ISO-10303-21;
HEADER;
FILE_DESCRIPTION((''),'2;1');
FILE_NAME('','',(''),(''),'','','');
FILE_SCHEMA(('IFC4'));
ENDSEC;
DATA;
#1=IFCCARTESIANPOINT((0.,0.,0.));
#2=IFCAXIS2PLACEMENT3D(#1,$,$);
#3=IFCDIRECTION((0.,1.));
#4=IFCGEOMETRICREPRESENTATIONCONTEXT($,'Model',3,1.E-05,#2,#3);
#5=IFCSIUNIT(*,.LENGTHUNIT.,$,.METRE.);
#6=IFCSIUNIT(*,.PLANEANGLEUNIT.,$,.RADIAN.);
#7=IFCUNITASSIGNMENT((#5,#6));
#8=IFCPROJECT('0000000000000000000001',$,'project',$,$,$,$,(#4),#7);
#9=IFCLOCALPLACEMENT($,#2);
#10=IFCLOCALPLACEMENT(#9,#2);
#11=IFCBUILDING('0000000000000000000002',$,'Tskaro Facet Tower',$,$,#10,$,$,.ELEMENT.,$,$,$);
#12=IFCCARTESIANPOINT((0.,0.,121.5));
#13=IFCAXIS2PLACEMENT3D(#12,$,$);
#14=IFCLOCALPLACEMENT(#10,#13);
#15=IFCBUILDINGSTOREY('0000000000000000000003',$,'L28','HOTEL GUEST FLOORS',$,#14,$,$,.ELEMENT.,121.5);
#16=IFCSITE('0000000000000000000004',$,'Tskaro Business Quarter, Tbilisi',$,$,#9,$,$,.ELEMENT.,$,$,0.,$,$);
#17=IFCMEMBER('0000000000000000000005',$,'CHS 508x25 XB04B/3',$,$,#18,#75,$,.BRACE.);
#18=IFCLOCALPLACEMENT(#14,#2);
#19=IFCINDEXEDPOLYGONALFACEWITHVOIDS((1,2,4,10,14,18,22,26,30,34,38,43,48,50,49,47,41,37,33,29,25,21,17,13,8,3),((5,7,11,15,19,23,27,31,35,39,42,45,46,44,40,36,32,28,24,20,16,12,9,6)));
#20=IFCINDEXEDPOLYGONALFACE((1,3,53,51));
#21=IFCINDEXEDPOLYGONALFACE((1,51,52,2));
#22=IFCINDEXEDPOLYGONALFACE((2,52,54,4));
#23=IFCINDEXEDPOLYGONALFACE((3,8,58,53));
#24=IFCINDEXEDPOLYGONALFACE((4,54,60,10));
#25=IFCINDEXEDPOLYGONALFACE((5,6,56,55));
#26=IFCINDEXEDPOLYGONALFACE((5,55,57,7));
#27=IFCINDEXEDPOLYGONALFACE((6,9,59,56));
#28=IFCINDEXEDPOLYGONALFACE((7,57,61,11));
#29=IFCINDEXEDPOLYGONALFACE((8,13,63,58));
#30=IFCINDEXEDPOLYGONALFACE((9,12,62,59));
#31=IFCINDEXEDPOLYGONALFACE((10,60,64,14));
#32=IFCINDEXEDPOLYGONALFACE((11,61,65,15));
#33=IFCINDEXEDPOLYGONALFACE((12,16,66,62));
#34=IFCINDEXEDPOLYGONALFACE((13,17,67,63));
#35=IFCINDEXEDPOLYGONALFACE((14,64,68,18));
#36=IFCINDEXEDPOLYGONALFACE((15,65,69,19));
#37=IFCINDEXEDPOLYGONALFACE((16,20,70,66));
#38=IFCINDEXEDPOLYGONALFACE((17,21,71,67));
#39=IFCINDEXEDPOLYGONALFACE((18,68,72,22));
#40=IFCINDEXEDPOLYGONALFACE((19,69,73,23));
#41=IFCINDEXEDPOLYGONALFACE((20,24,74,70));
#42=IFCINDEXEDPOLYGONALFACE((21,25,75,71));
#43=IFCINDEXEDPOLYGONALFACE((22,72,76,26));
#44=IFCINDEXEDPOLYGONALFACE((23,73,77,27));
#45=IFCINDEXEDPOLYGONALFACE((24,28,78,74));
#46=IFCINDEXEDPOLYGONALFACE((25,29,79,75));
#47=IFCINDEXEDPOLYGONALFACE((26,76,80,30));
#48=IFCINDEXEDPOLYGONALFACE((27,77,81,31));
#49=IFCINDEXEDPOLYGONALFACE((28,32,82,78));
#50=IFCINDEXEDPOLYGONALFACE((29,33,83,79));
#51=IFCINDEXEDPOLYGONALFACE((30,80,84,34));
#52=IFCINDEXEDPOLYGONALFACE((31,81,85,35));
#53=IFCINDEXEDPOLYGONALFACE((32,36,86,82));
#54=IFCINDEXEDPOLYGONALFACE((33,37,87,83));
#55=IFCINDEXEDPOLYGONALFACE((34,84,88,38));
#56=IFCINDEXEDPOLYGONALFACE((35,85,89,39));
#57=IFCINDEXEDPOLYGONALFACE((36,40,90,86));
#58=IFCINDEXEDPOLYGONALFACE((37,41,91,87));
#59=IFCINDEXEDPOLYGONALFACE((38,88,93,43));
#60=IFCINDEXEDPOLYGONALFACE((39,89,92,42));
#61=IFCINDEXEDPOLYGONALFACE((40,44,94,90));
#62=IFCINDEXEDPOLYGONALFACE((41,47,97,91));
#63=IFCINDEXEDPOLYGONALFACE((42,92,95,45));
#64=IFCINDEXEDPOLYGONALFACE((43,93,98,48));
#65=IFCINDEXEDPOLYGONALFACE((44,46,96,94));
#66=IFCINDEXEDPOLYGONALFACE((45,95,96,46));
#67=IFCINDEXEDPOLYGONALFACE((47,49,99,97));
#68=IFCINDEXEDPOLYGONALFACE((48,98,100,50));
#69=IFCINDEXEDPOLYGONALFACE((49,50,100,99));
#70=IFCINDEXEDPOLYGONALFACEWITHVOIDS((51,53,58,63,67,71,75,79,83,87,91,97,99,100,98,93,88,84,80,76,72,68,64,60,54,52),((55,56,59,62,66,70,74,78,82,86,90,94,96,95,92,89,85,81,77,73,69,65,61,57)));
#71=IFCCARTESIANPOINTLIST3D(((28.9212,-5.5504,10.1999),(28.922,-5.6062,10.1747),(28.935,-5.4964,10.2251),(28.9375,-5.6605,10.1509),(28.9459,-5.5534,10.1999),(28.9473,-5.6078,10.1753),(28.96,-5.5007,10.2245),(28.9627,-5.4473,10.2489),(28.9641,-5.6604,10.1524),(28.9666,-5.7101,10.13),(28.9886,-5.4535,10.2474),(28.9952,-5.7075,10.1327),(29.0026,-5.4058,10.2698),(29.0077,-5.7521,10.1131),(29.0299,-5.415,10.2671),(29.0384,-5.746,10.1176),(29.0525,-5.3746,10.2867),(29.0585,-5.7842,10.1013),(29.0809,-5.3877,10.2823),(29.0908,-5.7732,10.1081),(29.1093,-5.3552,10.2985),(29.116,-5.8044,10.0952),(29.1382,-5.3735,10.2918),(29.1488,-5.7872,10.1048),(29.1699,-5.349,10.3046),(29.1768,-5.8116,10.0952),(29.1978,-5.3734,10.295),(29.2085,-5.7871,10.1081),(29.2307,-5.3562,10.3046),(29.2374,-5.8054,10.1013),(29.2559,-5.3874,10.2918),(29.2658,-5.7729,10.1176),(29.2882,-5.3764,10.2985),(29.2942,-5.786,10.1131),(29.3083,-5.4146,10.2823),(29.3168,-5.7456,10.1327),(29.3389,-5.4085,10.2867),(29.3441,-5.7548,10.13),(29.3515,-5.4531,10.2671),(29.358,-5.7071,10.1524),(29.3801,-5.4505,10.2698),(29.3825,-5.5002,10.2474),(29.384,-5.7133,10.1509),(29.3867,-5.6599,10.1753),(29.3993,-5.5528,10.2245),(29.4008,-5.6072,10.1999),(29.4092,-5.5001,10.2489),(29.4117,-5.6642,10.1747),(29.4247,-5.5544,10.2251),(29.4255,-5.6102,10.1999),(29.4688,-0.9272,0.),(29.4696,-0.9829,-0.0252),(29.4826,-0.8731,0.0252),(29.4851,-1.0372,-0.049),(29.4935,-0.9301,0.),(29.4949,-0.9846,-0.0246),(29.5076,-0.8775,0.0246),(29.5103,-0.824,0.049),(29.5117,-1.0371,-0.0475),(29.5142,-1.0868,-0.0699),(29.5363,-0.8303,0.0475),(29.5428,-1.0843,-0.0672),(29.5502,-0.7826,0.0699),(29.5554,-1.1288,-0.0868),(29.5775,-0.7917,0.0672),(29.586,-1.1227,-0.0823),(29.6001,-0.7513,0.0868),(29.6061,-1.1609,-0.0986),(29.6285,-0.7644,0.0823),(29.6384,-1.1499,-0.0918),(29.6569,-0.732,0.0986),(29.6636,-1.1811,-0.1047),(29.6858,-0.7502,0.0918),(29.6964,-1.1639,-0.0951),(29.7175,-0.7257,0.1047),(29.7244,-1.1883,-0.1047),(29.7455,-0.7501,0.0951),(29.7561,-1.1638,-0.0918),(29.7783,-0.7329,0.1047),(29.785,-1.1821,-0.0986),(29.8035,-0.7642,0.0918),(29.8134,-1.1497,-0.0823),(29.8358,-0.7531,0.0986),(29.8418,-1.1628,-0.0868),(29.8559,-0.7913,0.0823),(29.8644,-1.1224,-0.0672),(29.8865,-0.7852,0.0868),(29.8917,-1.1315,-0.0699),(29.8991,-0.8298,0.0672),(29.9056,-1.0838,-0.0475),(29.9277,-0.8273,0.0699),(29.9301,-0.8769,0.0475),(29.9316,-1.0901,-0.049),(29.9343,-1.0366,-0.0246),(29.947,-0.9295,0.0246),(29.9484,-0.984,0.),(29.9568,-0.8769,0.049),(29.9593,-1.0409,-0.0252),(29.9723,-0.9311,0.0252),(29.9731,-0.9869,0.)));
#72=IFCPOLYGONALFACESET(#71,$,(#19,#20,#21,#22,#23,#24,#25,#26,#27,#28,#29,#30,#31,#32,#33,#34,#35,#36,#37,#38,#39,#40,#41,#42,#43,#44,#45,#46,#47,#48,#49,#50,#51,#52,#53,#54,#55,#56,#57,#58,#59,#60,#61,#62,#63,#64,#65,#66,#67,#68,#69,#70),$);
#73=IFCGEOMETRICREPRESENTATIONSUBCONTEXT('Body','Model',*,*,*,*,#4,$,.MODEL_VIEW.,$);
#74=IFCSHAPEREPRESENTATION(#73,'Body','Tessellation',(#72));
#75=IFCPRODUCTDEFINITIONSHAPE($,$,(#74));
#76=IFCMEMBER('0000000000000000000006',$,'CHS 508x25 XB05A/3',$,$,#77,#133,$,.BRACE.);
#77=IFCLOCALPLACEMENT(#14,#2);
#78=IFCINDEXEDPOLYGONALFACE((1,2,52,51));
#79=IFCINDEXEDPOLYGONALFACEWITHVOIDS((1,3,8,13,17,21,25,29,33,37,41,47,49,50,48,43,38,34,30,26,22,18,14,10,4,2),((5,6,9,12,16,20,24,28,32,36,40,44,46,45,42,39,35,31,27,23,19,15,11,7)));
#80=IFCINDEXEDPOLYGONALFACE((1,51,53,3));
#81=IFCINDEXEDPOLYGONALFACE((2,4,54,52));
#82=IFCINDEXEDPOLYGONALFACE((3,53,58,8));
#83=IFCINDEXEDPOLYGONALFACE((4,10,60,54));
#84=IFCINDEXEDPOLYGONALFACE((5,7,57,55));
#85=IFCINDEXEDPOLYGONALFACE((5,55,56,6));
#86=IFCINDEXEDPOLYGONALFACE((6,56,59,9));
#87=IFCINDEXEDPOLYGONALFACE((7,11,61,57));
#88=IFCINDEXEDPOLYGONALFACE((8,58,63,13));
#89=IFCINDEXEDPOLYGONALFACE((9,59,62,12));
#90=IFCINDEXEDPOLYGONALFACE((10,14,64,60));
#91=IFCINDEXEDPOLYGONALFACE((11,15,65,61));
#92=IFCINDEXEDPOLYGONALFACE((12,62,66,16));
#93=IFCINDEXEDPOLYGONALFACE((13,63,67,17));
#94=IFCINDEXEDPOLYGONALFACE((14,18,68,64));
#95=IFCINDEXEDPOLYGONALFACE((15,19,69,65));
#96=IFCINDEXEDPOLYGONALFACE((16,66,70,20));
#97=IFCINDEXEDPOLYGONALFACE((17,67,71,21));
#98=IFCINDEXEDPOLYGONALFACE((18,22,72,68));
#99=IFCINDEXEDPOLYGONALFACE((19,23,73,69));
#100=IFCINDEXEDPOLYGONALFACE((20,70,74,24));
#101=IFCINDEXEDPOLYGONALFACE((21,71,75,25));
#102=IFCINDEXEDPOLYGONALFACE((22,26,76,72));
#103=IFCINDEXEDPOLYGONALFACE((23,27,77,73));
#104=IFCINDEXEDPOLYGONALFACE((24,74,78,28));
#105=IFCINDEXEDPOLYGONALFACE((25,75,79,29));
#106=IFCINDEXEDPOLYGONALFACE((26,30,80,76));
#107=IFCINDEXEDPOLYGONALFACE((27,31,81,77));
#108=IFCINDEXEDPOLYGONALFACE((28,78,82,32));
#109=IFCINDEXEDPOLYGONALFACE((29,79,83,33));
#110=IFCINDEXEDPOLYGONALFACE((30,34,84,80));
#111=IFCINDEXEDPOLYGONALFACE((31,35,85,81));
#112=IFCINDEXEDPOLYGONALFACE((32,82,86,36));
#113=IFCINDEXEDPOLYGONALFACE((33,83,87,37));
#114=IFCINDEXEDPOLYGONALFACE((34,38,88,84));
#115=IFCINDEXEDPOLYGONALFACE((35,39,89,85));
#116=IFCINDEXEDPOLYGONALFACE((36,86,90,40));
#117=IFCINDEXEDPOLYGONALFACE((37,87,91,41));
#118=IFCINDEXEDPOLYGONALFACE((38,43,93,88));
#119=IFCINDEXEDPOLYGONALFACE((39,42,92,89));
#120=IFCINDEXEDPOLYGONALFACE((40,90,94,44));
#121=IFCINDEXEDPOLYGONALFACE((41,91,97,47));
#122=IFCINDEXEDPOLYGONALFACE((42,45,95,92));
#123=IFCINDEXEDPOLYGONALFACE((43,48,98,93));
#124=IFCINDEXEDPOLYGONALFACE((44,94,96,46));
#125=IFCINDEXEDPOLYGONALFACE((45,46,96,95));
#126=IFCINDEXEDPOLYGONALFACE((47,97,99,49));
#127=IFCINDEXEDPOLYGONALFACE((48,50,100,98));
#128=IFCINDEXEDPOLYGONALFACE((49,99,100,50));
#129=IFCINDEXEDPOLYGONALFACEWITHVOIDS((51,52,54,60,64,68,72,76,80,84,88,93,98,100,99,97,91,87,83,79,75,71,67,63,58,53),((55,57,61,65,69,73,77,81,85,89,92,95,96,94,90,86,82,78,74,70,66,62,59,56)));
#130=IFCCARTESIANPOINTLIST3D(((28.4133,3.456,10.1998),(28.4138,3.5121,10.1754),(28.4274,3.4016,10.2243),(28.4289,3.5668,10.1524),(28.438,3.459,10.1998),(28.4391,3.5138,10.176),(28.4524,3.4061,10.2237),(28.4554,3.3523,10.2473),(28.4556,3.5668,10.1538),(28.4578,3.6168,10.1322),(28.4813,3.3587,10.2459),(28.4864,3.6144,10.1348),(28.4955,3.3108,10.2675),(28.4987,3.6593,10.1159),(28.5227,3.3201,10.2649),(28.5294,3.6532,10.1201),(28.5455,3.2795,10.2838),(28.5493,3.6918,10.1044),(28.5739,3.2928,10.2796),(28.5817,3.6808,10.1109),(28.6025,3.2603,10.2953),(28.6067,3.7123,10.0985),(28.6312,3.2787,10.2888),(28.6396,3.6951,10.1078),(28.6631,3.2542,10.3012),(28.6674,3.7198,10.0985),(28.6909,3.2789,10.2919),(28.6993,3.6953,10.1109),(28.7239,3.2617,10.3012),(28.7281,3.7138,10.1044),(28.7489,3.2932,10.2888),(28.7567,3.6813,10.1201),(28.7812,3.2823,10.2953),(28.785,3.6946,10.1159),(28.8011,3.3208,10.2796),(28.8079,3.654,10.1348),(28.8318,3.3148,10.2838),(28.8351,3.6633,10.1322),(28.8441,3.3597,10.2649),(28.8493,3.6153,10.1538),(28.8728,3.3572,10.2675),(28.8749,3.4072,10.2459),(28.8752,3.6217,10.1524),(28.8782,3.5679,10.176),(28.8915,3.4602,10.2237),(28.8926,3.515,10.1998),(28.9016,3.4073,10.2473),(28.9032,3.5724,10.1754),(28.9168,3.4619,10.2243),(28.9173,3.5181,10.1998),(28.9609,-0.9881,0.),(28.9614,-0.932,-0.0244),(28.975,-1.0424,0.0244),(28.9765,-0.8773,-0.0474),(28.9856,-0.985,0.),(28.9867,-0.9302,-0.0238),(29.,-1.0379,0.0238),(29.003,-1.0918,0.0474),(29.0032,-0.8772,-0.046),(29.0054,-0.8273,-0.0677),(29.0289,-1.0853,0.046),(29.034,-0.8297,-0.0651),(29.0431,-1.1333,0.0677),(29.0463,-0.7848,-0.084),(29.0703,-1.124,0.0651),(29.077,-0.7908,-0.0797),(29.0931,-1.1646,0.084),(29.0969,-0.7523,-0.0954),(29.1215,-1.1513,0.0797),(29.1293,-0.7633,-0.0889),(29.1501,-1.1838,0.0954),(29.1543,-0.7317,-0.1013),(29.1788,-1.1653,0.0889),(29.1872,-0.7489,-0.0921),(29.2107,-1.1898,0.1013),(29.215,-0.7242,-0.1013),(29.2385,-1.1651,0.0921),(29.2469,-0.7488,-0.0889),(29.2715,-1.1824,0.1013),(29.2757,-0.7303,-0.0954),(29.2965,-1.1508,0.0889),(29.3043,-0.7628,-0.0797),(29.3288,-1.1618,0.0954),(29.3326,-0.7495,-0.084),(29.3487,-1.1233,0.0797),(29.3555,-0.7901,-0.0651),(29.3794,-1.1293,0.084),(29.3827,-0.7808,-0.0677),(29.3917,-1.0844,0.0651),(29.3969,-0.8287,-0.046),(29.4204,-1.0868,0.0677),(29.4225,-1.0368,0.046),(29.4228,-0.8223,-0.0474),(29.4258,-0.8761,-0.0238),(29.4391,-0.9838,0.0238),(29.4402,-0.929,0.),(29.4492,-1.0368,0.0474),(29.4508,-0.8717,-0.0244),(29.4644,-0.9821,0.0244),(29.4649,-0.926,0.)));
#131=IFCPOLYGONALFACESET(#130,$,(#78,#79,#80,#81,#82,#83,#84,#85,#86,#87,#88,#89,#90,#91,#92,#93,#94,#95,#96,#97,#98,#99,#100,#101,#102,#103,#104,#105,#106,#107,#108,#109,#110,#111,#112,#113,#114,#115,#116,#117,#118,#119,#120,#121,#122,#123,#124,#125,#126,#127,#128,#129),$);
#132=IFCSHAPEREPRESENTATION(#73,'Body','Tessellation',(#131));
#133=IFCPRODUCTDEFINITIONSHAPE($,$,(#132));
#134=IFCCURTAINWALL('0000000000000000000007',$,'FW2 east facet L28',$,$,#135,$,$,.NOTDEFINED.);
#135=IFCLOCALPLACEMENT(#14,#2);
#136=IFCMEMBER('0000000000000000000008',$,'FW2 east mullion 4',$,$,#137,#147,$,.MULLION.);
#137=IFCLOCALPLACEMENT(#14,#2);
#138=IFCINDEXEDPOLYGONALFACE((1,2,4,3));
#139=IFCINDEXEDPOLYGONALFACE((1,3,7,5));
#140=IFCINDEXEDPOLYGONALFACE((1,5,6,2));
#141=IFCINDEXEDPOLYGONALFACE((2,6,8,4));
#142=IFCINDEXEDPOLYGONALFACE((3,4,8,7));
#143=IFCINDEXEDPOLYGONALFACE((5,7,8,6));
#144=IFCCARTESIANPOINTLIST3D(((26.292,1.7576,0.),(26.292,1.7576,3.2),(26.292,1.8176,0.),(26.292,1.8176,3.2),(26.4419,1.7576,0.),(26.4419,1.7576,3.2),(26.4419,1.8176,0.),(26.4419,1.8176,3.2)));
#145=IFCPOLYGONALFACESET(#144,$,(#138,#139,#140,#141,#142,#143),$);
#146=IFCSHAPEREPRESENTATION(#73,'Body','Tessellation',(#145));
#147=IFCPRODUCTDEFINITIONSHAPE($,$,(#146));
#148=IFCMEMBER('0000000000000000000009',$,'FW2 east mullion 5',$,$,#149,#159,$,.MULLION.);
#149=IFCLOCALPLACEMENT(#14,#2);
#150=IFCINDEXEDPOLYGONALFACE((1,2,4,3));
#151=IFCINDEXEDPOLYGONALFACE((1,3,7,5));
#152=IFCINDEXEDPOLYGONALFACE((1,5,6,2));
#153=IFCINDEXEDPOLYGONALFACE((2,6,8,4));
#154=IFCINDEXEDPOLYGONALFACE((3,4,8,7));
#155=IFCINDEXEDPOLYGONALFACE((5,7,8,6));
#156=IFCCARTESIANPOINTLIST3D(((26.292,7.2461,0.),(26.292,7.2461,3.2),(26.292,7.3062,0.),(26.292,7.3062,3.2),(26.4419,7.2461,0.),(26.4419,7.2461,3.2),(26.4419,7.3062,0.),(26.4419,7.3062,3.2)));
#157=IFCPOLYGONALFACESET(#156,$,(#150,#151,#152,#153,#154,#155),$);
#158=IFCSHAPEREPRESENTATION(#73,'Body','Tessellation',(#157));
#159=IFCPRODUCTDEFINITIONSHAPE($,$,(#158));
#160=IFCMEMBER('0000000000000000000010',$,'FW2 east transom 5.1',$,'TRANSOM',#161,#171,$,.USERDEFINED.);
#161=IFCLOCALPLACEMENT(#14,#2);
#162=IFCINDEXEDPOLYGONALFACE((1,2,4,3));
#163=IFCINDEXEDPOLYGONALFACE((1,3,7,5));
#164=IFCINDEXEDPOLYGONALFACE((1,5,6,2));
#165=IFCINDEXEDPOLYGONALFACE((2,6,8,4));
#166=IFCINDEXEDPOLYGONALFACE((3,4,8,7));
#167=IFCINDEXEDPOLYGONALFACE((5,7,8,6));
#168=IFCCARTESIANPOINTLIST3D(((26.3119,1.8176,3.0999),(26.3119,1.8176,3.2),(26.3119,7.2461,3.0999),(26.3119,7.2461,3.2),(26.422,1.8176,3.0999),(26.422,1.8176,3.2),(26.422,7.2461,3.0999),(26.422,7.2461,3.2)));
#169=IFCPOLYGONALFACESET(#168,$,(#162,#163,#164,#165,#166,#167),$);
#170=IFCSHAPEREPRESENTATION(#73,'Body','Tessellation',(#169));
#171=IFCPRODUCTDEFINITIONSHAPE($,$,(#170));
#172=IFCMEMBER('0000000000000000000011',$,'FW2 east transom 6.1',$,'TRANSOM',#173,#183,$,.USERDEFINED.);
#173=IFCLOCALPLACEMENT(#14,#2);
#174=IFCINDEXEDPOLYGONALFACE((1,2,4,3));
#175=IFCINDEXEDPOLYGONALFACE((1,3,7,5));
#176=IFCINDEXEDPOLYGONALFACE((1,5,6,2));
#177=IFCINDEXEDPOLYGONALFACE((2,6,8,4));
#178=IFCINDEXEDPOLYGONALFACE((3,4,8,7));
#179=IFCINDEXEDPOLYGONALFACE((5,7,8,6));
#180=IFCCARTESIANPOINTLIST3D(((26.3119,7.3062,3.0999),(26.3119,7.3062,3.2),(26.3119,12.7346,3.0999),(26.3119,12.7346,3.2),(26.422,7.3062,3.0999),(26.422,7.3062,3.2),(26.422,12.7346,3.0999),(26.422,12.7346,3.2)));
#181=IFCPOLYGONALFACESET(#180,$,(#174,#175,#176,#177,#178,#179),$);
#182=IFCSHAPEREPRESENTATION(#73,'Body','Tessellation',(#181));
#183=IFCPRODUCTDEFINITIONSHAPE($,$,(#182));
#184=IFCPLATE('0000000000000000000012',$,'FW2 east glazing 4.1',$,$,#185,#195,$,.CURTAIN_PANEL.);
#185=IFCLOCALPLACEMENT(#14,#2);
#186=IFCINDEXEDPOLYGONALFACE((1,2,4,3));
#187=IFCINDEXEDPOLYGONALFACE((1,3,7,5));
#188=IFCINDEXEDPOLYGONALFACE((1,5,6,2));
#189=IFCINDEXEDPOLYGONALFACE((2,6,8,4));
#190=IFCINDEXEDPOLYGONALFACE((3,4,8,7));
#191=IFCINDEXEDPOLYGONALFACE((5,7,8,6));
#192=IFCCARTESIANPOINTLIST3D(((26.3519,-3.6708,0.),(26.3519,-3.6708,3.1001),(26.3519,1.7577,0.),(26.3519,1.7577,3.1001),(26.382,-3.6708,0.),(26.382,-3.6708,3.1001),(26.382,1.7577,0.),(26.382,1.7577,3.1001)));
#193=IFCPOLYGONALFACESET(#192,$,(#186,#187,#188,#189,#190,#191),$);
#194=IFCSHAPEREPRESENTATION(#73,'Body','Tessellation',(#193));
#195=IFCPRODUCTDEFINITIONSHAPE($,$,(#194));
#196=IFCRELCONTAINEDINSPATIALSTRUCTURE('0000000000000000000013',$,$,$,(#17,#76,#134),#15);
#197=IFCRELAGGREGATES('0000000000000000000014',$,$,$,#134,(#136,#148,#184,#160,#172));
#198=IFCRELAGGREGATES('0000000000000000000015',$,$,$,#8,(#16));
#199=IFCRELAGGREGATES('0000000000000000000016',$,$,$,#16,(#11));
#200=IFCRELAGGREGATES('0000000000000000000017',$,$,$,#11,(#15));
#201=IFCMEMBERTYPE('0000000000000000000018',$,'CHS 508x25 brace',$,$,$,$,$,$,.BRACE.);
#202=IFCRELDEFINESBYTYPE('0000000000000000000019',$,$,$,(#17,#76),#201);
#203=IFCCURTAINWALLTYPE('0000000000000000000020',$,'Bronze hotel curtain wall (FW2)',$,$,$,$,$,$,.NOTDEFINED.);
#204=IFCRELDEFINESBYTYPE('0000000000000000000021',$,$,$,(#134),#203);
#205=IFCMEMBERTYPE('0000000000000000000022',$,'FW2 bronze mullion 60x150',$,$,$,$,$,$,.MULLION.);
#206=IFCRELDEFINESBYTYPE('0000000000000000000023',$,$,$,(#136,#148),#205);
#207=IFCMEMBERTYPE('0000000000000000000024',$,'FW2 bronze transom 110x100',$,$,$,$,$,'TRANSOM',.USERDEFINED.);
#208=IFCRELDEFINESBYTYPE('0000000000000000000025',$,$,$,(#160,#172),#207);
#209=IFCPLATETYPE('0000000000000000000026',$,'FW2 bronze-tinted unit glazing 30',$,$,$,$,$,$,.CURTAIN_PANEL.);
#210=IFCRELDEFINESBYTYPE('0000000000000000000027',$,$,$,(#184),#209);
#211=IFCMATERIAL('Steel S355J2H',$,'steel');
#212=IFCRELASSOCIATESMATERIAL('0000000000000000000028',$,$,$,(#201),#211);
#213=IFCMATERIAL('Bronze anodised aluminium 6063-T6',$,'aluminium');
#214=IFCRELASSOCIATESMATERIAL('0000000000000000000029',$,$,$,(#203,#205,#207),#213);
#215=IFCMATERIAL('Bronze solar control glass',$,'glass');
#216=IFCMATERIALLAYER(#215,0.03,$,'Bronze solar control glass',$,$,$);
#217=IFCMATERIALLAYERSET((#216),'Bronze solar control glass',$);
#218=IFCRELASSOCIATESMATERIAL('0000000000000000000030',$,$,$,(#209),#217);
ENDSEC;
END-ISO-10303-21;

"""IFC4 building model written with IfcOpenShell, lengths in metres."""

from ifc_helpers import new_model, si_unit, direction, frame, origin, origin_2d, place, context, subcontext, project, spatial, rectangle, hollow_circle, extrude, material, layer, layer_set, material_profile, profile_set, type_object, element, aggregate, save


model = new_model("IFC4")

# Units and contexts
model_context = context("Model", 3, precision=1e-05, world=origin(), true_north=direction((0.0, 1.0)))
body_context = subcontext(model_context, "Body", "Model", "MODEL_VIEW")
ifc_project = project(units=[si_unit("LENGTHUNIT", "METRE"), si_unit("PLANEANGLEUNIT", "RADIAN")], contexts=[model_context])

# Site, building, storey
site_placement = place(None, origin())
site = spatial("IfcSite", under=ifc_project, at=site_placement, Name="Tskaro Business Quarter, Tbilisi", CompositionType="ELEMENT", RefElevation=0.0)
building_placement = place(site_placement, origin())
building = spatial("IfcBuilding", under=site, at=building_placement, Name="Tskaro Facet Tower", CompositionType="ELEMENT")
storey_placement = place(building_placement, frame((0.0, 0.0, 121.5)))
storey = spatial("IfcBuildingStorey", under=building, at=storey_placement, Name="L28", Description="HOTEL GUEST FLOORS", CompositionType="ELEMENT", Elevation=121.5)

# Shared definitions
ifc_material_1 = material(Name="Steel S355J2H", Category="steel")

# Members
ifc_material_profile_1 = material_profile(ifc_material_1, hollow_circle(Radius=0.2539, WallThickness=0.0249, at=origin_2d()), Name="CHS 508x25")
ifc_profile_set_1 = profile_set([ifc_material_profile_1], Name="Steel S355J2H")
member_type_1 = type_object("IfcMemberType", Name="CHS 508x25 brace", PredefinedType="BRACE", material=ifc_profile_set_1)
member_1_placement = place(storey_placement, frame((29.7209, -0.957, 0.0), z_axis=(-0.04884, -0.412344, 0.909718), x_axis=(0.993058, -0.117623, 0.0)))
element("IfcMember", 1, at=member_1_placement, inside=storey, type_object=member_type_1, Name="CHS 508x25 XB04B/3", PredefinedType="BRACE", context=body_context, shape_type="SweptSolid", body=[
    extrude(hollow_circle(Radius=0.2539, WallThickness=0.0249, at=origin_2d()), origin(), (0.0, 0.0, 1.0), 11.2122),
])
member_2_placement = place(storey_placement, frame((29.2129, -0.957, 0.0), z_axis=(-0.049159, 0.398948, 0.915655), x_axis=(-0.992494, -0.122296, 0.0)))
element("IfcMember", 2, at=member_2_placement, inside=storey, type_object=member_type_1, Name="CHS 508x25 XB05A/3", PredefinedType="BRACE", context=body_context, shape_type="SweptSolid", body=[
    extrude(hollow_circle(Radius=0.2539, WallThickness=0.0249, at=origin_2d()), origin(), (0.0, 0.0, 1.0), 11.1394),
])

# Curtain wall, members, plate
ifc_material_2 = material(Name="Bronze anodised aluminium 6063-T6", Category="aluminium")
curtain_wall_type = type_object("IfcCurtainWallType", Name="Bronze hotel curtain wall (FW2)", PredefinedType="NOTDEFINED", material=ifc_material_2)
curtain_wall_placement = place(storey_placement, origin())
curtain_wall = element("IfcCurtainWall", 3, at=curtain_wall_placement, inside=storey, type_object=curtain_wall_type, Name="FW2 east facet L28", PredefinedType="NOTDEFINED")
ifc_material_profile_2 = material_profile(ifc_material_2, rectangle(XDim=0.0601, YDim=0.1499, at=origin_2d()), Name="Mullion 60x150")
ifc_profile_set_2 = profile_set([ifc_material_profile_2], Name="Bronze anodised aluminium 6063-T6")
member_type_2 = type_object("IfcMemberType", Name="FW2 bronze mullion 60x150", PredefinedType="MULLION", material=ifc_profile_set_2)
member_3_placement = place(storey_placement, frame((26.3669, 1.7876, 0.0), z_axis=(0.0, 0.0, 1.0), x_axis=(0.0, 1.0, 0.0)))
member_3 = element("IfcMember", 4, at=member_3_placement, type_object=member_type_2, Name="FW2 east mullion 4", PredefinedType="MULLION", context=body_context, shape_type="SweptSolid", body=[
    extrude(rectangle(XDim=0.0601, YDim=0.1499, at=origin_2d()), origin(), (0.0, 0.0, 1.0), 3.2),
])
member_4_placement = place(storey_placement, frame((26.3669, 7.2761, 0.0), z_axis=(0.0, 0.0, 1.0), x_axis=(0.0, 1.0, 0.0)))
member_4 = element("IfcMember", 5, at=member_4_placement, type_object=member_type_2, Name="FW2 east mullion 5", PredefinedType="MULLION", context=body_context, shape_type="SweptSolid", body=[
    extrude(rectangle(XDim=0.0601, YDim=0.1499, at=origin_2d()), origin(), (0.0, 0.0, 1.0), 3.2),
])
ifc_material_profile_3 = material_profile(ifc_material_2, rectangle(XDim=0.1101, YDim=0.1001, at=origin_2d()), Name="Transom 110x100")
ifc_profile_set_3 = profile_set([ifc_material_profile_3], Name="Bronze anodised aluminium 6063-T6")
member_type_3 = type_object("IfcMemberType", Name="FW2 bronze transom 110x100", ElementType="TRANSOM", PredefinedType="USERDEFINED", material=ifc_profile_set_3)
member_5_placement = place(storey_placement, frame((26.3669, 1.8176, 3.1499), z_axis=(0.0, 1.0, 0.0), x_axis=(-1.0, 0.0, 0.0)))
member_5 = element("IfcMember", 6, at=member_5_placement, type_object=member_type_3, Name="FW2 east transom 5.1", ObjectType="TRANSOM", PredefinedType="USERDEFINED", context=body_context, shape_type="SweptSolid", body=[
    extrude(rectangle(XDim=0.1101, YDim=0.1001, at=origin_2d()), origin(), (0.0, 0.0, 1.0), 5.4285),
])
member_6_placement = place(storey_placement, frame((26.3669, 7.3062, 3.1499), z_axis=(0.0, 1.0, 0.0), x_axis=(-1.0, 0.0, 0.0)))
member_6 = element("IfcMember", 7, at=member_6_placement, type_object=member_type_3, Name="FW2 east transom 6.1", ObjectType="TRANSOM", PredefinedType="USERDEFINED", context=body_context, shape_type="SweptSolid", body=[
    extrude(rectangle(XDim=0.1101, YDim=0.1001, at=origin_2d()), origin(), (0.0, 0.0, 1.0), 5.4285),
])
ifc_material_3 = material(Name="Bronze solar control glass", Category="glass")
ifc_layer_1 = layer(ifc_material_3, 0.03, Name="Bronze solar control glass")
ifc_layer_set_1 = layer_set([ifc_layer_1], Name="Bronze solar control glass")
plate_type = type_object("IfcPlateType", Name="FW2 bronze-tinted unit glazing 30", PredefinedType="CURTAIN_PANEL", material=ifc_layer_set_1)
plate_1_placement = place(storey_placement, frame((26.3669, -0.9565, 0.0), z_axis=(0.0, 0.0, 1.0), x_axis=(0.0, 1.0, 0.0)))
plate_1 = element("IfcPlate", 8, at=plate_1_placement, type_object=plate_type, Name="FW2 east glazing 4.1", PredefinedType="CURTAIN_PANEL", context=body_context, shape_type="SweptSolid", body=[
    extrude(rectangle(XDim=5.4285, YDim=0.03, at=origin_2d()), origin(), (0.0, 0.0, 1.0), 3.1001),
])
aggregate(curtain_wall, [member_3, member_4, plate_1, member_5, member_6])

save(model, "model.ifc")
